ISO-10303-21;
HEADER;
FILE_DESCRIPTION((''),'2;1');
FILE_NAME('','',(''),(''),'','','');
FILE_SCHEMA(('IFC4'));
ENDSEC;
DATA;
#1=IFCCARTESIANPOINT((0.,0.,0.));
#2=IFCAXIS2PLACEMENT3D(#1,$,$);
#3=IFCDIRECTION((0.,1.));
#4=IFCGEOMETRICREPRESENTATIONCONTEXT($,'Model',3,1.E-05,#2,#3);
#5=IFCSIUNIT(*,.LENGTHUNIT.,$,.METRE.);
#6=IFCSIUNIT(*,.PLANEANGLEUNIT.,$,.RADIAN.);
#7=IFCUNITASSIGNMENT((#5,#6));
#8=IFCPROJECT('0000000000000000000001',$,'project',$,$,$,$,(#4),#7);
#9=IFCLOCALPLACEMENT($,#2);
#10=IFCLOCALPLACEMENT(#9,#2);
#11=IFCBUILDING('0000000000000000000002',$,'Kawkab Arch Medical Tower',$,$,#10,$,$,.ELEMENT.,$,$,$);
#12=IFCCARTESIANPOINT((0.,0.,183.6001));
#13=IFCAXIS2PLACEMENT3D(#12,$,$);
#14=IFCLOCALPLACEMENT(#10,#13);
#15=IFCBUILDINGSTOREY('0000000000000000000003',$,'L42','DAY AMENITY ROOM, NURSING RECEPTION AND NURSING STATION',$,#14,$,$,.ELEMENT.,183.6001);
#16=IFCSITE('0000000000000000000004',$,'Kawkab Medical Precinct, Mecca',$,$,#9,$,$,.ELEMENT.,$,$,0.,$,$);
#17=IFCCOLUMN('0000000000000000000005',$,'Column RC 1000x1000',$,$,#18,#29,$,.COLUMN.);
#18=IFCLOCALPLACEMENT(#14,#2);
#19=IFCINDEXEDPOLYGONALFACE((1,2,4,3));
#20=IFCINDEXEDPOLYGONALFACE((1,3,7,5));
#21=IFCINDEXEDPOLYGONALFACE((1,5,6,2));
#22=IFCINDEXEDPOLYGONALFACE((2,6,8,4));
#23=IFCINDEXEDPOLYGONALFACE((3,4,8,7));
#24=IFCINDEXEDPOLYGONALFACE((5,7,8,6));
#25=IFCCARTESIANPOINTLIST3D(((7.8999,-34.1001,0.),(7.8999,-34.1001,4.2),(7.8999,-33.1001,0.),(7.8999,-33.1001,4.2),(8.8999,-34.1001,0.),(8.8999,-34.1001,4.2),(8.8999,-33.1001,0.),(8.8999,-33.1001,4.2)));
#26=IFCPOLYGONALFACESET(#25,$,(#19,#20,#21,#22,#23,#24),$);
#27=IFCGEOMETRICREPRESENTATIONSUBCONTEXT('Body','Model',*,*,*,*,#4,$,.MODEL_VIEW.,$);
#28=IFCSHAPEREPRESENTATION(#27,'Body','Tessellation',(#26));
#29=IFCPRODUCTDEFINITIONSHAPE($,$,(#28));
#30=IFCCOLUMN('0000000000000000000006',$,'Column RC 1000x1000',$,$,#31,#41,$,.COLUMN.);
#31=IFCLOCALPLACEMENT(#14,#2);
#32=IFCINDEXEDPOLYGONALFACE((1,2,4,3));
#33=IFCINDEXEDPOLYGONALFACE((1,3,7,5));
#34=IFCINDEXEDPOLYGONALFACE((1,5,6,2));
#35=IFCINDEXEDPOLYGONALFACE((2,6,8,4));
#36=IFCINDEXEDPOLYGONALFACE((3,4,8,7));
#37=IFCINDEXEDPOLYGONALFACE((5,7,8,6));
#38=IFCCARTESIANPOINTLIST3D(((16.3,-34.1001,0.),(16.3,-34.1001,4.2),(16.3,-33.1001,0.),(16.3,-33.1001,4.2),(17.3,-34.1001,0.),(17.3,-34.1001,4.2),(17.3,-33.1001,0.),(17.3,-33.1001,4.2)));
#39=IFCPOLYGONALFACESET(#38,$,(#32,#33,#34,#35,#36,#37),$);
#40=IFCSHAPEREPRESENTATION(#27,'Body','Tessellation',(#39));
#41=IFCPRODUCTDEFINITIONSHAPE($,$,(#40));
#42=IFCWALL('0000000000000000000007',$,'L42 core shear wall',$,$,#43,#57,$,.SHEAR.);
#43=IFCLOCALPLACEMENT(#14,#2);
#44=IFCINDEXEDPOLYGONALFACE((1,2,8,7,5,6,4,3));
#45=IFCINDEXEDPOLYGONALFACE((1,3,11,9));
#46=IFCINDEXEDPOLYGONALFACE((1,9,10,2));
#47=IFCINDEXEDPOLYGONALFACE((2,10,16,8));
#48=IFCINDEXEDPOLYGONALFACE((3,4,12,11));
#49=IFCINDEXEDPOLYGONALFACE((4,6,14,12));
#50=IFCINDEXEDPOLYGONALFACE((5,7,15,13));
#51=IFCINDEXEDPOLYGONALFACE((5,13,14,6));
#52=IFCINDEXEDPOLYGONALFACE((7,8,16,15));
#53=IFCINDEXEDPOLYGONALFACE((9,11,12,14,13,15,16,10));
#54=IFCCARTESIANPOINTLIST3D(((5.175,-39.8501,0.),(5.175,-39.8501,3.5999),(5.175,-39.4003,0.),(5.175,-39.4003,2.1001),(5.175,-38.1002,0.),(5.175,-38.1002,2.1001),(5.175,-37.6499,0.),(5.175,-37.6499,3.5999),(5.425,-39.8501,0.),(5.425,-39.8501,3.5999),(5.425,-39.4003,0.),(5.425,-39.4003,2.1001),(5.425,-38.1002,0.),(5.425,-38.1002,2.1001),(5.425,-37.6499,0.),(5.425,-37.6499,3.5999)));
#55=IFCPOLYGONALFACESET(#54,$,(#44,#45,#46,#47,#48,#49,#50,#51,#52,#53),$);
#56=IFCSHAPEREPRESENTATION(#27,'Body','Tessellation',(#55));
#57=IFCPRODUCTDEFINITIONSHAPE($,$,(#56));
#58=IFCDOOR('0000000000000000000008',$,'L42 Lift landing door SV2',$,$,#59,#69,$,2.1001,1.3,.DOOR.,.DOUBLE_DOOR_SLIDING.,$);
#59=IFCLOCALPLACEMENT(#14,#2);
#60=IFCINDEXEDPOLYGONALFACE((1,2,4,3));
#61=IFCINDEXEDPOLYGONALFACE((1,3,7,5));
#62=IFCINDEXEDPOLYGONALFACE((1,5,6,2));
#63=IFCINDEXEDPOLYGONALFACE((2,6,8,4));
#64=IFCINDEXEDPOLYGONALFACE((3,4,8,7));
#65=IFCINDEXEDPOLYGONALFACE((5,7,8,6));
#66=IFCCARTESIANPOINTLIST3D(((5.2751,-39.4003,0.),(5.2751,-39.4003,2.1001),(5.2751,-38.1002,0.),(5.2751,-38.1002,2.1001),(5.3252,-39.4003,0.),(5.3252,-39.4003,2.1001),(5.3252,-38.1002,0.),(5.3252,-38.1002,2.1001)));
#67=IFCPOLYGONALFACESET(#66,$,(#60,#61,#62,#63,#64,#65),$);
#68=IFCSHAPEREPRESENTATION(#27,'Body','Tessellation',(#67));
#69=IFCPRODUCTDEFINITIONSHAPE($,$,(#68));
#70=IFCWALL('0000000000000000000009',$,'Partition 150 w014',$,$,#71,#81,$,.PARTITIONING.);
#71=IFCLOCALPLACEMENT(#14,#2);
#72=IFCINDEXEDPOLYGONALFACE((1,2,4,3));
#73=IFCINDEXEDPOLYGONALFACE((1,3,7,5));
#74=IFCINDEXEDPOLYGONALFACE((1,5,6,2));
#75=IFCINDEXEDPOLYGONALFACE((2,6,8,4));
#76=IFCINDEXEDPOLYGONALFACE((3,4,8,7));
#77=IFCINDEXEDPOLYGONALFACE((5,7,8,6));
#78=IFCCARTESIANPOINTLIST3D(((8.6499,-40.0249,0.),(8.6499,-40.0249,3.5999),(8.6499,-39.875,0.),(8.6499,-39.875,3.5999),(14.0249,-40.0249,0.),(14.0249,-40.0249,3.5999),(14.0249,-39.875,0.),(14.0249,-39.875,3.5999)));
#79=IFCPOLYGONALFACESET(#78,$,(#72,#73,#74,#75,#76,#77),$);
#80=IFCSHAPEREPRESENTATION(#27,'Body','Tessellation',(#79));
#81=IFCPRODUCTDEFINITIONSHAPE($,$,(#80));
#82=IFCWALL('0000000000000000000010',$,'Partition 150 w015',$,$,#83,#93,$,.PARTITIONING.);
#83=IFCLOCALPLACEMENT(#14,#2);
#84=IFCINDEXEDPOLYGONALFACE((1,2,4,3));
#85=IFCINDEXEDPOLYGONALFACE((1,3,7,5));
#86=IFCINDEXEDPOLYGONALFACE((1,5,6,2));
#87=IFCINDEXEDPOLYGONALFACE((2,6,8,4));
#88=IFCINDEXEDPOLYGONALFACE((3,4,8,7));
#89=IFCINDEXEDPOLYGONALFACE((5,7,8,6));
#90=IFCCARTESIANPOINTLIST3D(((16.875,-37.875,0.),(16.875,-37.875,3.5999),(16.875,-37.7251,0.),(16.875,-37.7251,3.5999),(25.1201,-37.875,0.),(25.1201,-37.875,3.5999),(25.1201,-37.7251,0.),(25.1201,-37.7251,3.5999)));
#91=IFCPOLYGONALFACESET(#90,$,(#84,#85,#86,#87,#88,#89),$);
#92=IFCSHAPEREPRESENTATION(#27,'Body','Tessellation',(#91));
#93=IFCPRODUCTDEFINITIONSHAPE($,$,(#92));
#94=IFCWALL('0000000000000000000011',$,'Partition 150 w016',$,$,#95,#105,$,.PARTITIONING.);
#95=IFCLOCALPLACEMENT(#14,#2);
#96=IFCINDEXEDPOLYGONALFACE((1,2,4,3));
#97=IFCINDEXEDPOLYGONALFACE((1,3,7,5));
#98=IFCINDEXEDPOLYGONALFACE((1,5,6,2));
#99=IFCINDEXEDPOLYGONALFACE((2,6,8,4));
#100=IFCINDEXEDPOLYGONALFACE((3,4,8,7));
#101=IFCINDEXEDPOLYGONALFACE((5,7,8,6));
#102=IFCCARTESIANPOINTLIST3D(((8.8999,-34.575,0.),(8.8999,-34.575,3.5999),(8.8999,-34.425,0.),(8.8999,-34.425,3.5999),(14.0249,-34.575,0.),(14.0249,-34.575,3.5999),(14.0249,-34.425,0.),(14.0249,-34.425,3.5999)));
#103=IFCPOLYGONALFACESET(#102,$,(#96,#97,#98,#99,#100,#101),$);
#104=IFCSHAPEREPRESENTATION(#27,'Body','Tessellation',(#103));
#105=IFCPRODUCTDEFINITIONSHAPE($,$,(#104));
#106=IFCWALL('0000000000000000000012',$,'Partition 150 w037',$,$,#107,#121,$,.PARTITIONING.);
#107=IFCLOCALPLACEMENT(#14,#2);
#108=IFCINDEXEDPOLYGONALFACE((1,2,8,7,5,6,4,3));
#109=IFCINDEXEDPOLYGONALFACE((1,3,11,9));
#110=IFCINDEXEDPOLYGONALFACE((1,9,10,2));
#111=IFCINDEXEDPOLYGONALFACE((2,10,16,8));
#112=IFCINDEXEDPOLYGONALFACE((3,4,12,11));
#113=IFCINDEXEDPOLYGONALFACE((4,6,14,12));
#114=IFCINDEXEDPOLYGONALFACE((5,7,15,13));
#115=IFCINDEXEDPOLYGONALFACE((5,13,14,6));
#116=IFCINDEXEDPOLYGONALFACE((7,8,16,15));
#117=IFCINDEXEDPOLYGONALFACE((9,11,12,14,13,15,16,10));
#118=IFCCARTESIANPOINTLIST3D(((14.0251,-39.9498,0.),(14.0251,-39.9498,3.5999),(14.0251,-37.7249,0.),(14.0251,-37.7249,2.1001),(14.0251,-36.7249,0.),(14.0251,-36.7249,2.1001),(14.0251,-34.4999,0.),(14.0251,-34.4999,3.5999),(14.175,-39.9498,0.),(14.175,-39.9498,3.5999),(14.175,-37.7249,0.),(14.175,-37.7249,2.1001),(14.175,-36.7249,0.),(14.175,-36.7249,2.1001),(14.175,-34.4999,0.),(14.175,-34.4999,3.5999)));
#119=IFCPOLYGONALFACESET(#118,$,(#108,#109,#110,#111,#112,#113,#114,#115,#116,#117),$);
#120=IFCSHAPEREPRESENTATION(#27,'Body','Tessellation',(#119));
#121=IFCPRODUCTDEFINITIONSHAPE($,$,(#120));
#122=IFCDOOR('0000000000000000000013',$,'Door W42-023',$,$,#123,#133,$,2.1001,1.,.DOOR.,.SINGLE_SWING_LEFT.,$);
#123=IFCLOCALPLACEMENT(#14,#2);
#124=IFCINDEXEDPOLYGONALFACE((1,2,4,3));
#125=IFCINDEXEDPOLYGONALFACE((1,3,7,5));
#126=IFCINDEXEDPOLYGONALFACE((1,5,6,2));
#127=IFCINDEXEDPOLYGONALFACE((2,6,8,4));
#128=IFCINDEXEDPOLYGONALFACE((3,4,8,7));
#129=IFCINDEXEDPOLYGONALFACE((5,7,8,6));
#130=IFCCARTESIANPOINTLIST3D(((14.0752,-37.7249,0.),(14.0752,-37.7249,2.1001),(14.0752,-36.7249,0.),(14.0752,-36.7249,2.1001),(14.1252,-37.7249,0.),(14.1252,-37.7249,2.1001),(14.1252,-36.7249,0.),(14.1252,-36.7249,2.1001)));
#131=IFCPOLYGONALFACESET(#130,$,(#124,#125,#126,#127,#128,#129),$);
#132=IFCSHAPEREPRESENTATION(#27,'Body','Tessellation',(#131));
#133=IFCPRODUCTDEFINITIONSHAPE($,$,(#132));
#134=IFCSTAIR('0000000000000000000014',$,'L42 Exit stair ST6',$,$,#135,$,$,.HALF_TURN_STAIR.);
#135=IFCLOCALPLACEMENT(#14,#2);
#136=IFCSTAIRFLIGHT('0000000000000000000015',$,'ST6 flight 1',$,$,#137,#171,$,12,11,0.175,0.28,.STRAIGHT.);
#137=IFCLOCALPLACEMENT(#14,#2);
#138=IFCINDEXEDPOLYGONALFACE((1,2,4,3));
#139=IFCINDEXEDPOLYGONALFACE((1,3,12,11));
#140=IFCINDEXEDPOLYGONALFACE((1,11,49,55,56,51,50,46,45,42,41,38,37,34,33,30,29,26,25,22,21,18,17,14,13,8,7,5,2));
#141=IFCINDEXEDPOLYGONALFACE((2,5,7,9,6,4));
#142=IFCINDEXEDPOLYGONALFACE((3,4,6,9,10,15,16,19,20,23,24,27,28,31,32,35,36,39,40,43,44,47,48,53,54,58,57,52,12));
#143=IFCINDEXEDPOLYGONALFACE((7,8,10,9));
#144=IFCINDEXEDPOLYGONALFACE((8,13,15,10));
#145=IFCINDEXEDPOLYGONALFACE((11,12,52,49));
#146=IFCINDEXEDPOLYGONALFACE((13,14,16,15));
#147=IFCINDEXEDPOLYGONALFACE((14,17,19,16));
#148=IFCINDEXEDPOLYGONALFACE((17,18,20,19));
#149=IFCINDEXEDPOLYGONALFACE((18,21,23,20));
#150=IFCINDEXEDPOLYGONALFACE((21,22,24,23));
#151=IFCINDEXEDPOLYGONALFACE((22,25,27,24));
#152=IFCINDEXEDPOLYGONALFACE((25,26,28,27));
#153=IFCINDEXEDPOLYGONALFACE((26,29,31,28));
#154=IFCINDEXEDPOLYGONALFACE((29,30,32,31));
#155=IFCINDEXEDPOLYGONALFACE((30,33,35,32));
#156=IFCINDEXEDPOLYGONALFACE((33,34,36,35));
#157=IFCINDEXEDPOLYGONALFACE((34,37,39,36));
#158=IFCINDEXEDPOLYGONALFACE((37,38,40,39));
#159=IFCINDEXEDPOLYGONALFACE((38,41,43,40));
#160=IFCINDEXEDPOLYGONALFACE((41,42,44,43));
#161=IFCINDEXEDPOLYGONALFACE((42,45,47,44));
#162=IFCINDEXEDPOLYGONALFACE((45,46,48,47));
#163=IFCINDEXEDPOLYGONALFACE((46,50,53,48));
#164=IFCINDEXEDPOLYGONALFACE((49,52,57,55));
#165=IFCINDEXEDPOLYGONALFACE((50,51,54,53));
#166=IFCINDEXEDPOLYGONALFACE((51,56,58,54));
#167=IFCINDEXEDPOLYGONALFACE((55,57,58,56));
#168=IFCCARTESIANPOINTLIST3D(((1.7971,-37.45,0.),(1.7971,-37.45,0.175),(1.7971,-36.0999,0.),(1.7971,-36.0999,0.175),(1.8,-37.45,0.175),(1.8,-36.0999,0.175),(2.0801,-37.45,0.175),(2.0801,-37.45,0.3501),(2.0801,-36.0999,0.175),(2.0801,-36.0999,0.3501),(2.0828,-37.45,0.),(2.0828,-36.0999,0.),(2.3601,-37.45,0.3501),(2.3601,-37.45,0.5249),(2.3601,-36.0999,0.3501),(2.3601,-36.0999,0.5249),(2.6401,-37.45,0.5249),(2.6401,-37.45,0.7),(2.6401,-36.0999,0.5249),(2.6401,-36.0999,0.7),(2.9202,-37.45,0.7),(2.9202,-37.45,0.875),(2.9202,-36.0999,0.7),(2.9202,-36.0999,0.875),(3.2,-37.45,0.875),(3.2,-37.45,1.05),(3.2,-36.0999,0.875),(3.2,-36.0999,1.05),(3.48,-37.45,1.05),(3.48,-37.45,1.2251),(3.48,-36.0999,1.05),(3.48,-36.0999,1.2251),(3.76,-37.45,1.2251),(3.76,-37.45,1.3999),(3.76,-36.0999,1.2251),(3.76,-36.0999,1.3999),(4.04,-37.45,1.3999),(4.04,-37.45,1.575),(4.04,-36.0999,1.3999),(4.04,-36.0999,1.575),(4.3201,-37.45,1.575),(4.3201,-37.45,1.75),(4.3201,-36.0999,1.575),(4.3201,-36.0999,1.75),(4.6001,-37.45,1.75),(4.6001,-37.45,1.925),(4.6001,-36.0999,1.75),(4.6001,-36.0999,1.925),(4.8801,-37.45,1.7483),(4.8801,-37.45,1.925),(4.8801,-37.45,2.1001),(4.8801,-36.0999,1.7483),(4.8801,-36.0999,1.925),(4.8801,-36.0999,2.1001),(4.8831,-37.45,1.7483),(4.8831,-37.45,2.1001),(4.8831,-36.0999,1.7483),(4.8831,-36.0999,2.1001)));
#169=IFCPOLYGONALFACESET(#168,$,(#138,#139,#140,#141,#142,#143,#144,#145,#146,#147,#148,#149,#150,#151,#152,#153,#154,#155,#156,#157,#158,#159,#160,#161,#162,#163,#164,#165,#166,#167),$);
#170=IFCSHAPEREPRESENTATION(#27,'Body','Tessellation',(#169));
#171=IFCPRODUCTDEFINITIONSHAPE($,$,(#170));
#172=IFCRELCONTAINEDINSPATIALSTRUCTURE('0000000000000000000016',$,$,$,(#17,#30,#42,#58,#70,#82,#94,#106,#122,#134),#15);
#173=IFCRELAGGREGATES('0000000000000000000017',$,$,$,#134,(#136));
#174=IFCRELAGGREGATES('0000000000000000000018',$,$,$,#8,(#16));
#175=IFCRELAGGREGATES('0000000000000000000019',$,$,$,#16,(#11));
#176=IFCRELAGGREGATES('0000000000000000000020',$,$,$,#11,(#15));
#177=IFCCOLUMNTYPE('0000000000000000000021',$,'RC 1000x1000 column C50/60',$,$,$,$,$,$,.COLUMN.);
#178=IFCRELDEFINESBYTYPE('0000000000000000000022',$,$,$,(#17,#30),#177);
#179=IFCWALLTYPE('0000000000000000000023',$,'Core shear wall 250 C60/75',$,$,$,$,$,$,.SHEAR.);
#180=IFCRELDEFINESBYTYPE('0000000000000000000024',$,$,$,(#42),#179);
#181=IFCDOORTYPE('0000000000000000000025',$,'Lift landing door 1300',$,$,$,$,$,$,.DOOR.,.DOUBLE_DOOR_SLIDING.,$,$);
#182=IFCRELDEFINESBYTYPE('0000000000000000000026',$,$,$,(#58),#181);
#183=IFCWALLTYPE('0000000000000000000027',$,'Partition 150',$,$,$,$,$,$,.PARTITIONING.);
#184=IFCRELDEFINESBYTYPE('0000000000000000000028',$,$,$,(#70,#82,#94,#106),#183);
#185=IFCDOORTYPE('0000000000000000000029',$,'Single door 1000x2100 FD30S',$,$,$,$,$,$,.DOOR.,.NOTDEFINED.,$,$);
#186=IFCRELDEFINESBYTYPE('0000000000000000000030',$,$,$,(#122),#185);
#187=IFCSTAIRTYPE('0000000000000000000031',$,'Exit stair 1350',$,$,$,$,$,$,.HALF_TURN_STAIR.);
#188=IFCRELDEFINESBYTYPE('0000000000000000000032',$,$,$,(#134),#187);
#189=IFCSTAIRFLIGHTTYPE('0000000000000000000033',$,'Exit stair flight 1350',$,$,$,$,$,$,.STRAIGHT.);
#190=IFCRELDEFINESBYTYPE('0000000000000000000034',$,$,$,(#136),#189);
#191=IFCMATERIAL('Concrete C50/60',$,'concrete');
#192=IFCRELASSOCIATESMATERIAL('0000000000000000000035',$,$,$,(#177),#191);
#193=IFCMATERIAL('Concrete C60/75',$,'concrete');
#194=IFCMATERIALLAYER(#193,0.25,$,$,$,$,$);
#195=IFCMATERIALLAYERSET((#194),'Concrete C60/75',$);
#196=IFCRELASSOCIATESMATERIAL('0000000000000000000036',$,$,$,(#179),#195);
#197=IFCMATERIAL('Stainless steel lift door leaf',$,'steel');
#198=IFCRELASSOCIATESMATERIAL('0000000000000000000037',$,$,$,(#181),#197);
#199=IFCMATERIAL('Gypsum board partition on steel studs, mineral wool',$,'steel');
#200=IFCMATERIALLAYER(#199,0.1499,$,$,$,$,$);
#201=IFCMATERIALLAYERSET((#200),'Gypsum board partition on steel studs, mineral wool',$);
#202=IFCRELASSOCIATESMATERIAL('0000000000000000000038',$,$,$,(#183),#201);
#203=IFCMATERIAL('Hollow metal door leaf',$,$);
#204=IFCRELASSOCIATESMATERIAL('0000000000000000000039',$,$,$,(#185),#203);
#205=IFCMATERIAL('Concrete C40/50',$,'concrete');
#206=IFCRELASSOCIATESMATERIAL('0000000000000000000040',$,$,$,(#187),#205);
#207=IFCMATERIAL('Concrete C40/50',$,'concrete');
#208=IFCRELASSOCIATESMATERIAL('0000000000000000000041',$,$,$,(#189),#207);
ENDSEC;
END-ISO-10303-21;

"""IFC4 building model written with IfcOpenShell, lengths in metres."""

from ifc_helpers import new_model, si_unit, direction, frame, frame_2d, origin, origin_2d, place, context, subcontext, project, spatial, polyline, rectangle, outline, extrude, material, layer, layer_set, material_profile, profile_set, type_object, element, fill, aggregate, save


model = new_model("IFC4")

# Units and contexts
model_context = context("Model", 3, precision=1e-05, world=origin(), true_north=direction((0.0, 1.0)))
body_context = subcontext(model_context, "Body", "Model", "MODEL_VIEW")
ifc_project = project(units=[si_unit("LENGTHUNIT", "METRE"), si_unit("PLANEANGLEUNIT", "RADIAN")], contexts=[model_context])

# Site, building, storey
site_placement = place(None, origin())
site = spatial("IfcSite", under=ifc_project, at=site_placement, Name="Kawkab Medical Precinct, Mecca", CompositionType="ELEMENT", RefElevation=0.0)
building_placement = place(site_placement, origin())
building = spatial("IfcBuilding", under=site, at=building_placement, Name="Kawkab Arch Medical Tower", CompositionType="ELEMENT")
storey_placement = place(building_placement, frame((0.0, 0.0, 183.6001)))
storey = spatial("IfcBuildingStorey", under=building, at=storey_placement, Name="L42", Description="DAY AMENITY ROOM, NURSING RECEPTION AND NURSING STATION", CompositionType="ELEMENT", Elevation=183.6001)

# Columns
ifc_material_1 = material(Name="Concrete C50/60", Category="concrete")
ifc_material_profile = material_profile(ifc_material_1, rectangle(XDim=1.0, YDim=1.0, at=origin_2d()), Name="RC 1000x1000")
ifc_profile_set = profile_set([ifc_material_profile], Name="Concrete C50/60")
column_type = type_object("IfcColumnType", Name="RC 1000x1000 column C50/60", PredefinedType="COLUMN", material=ifc_profile_set)
for number, where, z_axis, x_axis, name in (
    (1, (8.3999, -33.6001, 0.0), (0.0, 0.0, 1.0), (1.0, 0.0, 0.0), "Column RC 1000x1000"),
    (2, (16.8, -33.6001, 0.0), (0.0, 0.0, 1.0), (1.0, 0.0, 0.0), "Column RC 1000x1000"),
):
    element("IfcColumn", number, at=place(storey_placement, frame(where, z_axis=z_axis, x_axis=x_axis)), inside=storey, type_object=column_type, Name=name, PredefinedType="COLUMN", context=body_context, shape_type="SweptSolid", body=[
        extrude(rectangle(XDim=1.0, YDim=1.0, at=origin_2d()), origin(), (0.0, 0.0, 1.0), 4.2),
    ])

# Wall, opening, door
ifc_material_2 = material(Name="Concrete C60/75", Category="concrete")
ifc_layer_1 = layer(ifc_material_2, 0.25)
ifc_layer_set_1 = layer_set([ifc_layer_1], Name="Concrete C60/75")
wall_type_1 = type_object("IfcWallType", Name="Core shear wall 250 C60/75", PredefinedType="SHEAR", material=ifc_layer_set_1)
wall_1_placement = place(storey_placement, frame((5.3, -39.8501, 0.0), z_axis=(0.0, 0.0, 1.0), x_axis=(0.0, 1.0, 0.0)))
wall_1 = element("IfcWall", 3, at=wall_1_placement, inside=storey, type_object=wall_type_1, Name="L42 core shear wall", PredefinedType="SHEAR", context=body_context, shape_type="SweptSolid", body=[
    extrude(rectangle(XDim=2.2002, YDim=0.25, at=frame_2d((1.1001, 0.0))), origin(), (0.0, 0.0, 1.0), 3.5999),
])
opening_1_placement = place(wall_1_placement, frame((0.45, 0.0, 0.0)))
opening_1 = element("IfcOpeningElement", 4, at=opening_1_placement, cuts=wall_1, PredefinedType="OPENING", context=body_context, shape_type="SweptSolid", body=[
    extrude(rectangle(XDim=1.3, YDim=2.1001, at=frame_2d((0.6499, 1.05))), frame((0.0, 0.135, 0.0), z_axis=(0.0, -1.0, 0.0), x_axis=(1.0, 0.0, 0.0)), (0.0, 0.0, 1.0), 0.27),
])
ifc_material_3 = material(Name="Stainless steel lift door leaf", Category="steel")
door_type_1 = type_object("IfcDoorType", Name="Lift landing door 1300", OperationType="DOUBLE_DOOR_SLIDING", PredefinedType="DOOR", material=ifc_material_3)
door_1_placement = place(opening_1_placement, origin())
door_1 = element("IfcDoor", 5, at=door_1_placement, inside=storey, type_object=door_type_1, Name="L42 Lift landing door SV2", OperationType="DOUBLE_DOOR_SLIDING", OverallHeight=2.1001, OverallWidth=1.3, PredefinedType="DOOR", context=body_context, shape_type="SweptSolid", body=[
    extrude(rectangle(XDim=1.3, YDim=2.1001, at=frame_2d((0.6499, 1.05))), frame((0.0, 0.0249, 0.0), z_axis=(0.0, -1.0, 0.0), x_axis=(1.0, 0.0, 0.0)), (0.0, 0.0, 1.0), 0.05),
])
fill(opening_1, door_1)

# Walls
ifc_material_4 = material(Name="Gypsum board partition on steel studs, mineral wool", Category="steel")
ifc_layer_2 = layer(ifc_material_4, 0.1499)
ifc_layer_set_2 = layer_set([ifc_layer_2], Name="Gypsum board partition on steel studs, mineral wool")
wall_type_2 = type_object("IfcWallType", Name="Partition 150", PredefinedType="PARTITIONING", material=ifc_layer_set_2)
wall_2_placement = place(storey_placement, frame((8.6499, -39.95, 0.0), z_axis=(0.0, 0.0, 1.0), x_axis=(1.0, 0.0, 0.0)))
element("IfcWall", 6, at=wall_2_placement, inside=storey, type_object=wall_type_2, Name="Partition 150 w014", PredefinedType="PARTITIONING", context=body_context, shape_type="SweptSolid", body=[
    extrude(rectangle(XDim=5.375, YDim=0.1499, at=frame_2d((2.6875, 0.0))), origin(), (0.0, 0.0, 1.0), 3.5999),
])
wall_3_placement = place(storey_placement, frame((16.875, -37.8, 0.0), z_axis=(0.0, 0.0, 1.0), x_axis=(1.0, 0.0, 0.0)))
element("IfcWall", 7, at=wall_3_placement, inside=storey, type_object=wall_type_2, Name="Partition 150 w015", PredefinedType="PARTITIONING", context=body_context, shape_type="SweptSolid", body=[
    extrude(rectangle(XDim=8.2451, YDim=0.1499, at=frame_2d((4.1226, 0.0))), origin(), (0.0, 0.0, 1.0), 3.5999),
])
wall_4_placement = place(storey_placement, frame((8.8999, -34.5, 0.0), z_axis=(0.0, 0.0, 1.0), x_axis=(1.0, 0.0, 0.0)))
element("IfcWall", 8, at=wall_4_placement, inside=storey, type_object=wall_type_2, Name="Partition 150 w016", PredefinedType="PARTITIONING", context=body_context, shape_type="SweptSolid", body=[
    extrude(rectangle(XDim=5.125, YDim=0.1499, at=frame_2d((2.5625, 0.0))), origin(), (0.0, 0.0, 1.0), 3.5999),
])

# Wall, opening, door
wall_5_placement = place(storey_placement, frame((14.1001, -39.95, 0.0), z_axis=(0.0, 0.0, 1.0), x_axis=(0.0, 1.0, 0.0)))
wall_5 = element("IfcWall", 9, at=wall_5_placement, inside=storey, type_object=wall_type_2, Name="Partition 150 w037", PredefinedType="PARTITIONING", context=body_context, shape_type="SweptSolid", body=[
    extrude(rectangle(XDim=5.45, YDim=0.1499, at=frame_2d((2.7251, 0.0))), origin(), (0.0, 0.0, 1.0), 3.5999),
])
opening_2_placement = place(wall_5_placement, frame((2.2251, 0.0, 0.0)))
opening_2 = element("IfcOpeningElement", 10, at=opening_2_placement, cuts=wall_5, PredefinedType="OPENING", context=body_context, shape_type="SweptSolid", body=[
    extrude(rectangle(XDim=1.0, YDim=2.1001, at=frame_2d((0.5, 1.05))), frame((0.0, 0.085, 0.0), z_axis=(0.0, -1.0, 0.0), x_axis=(1.0, 0.0, 0.0)), (0.0, 0.0, 1.0), 0.1699),
])
ifc_material_5 = material(Name="Hollow metal door leaf")
door_type_2 = type_object("IfcDoorType", Name="Single door 1000x2100 FD30S", OperationType="NOTDEFINED", PredefinedType="DOOR", material=ifc_material_5)
door_2_placement = place(opening_2_placement, origin())
door_2 = element("IfcDoor", 11, at=door_2_placement, inside=storey, type_object=door_type_2, Name="Door W42-023", OperationType="SINGLE_SWING_LEFT", OverallHeight=2.1001, OverallWidth=1.0, PredefinedType="DOOR", context=body_context, shape_type="SweptSolid", body=[
    extrude(rectangle(XDim=1.0, YDim=2.1001, at=frame_2d((0.5, 1.05))), frame((0.0, 0.0249, 0.0), z_axis=(0.0, -1.0, 0.0), x_axis=(1.0, 0.0, 0.0)), (0.0, 0.0, 1.0), 0.05),
])
fill(opening_2, door_2)

# Stair, stair flight
ifc_material_6 = material(Name="Concrete C40/50", Category="concrete")
stair_type = type_object("IfcStairType", Name="Exit stair 1350", PredefinedType="HALF_TURN_STAIR", material=ifc_material_6)
stair_placement = place(storey_placement, origin())
stair = element("IfcStair", 12, at=stair_placement, inside=storey, type_object=stair_type, Name="L42 Exit stair ST6", PredefinedType="HALF_TURN_STAIR")
ifc_material_7 = material(Name="Concrete C40/50", Category="concrete")
stair_flight_type = type_object("IfcStairFlightType", Name="Exit stair flight 1350", PredefinedType="STRAIGHT", material=ifc_material_7)
stair_flight_1_placement = place(storey_placement, frame((1.8, -36.7749, 0.0), z_axis=(0.0, 0.0, 1.0), x_axis=(1.0, 0.0, 0.0)))
stair_flight_1 = element("IfcStairFlight", 13, at=stair_flight_1_placement, type_object=stair_flight_type, Name="ST6 flight 1", NumberOfRisers=12, NumberOfTreads=11, PredefinedType="STRAIGHT", RiserHeight=0.175, TreadLength=0.28, context=body_context, shape_type="SweptSolid", body=[
    extrude(outline(polyline([(-0.0029, 0.0), (-0.0029, 0.175), (0.0, 0.175), (0.28, 0.175), (0.28, 0.3501), (0.5601, 0.3501), (0.5601, 0.5249), (0.8401, 0.5249), (0.8401, 0.7), (1.1201, 0.7), (1.1201, 0.875), (1.3999, 0.875), (1.3999, 1.05), (1.6799, 1.05), (1.6799, 1.2251), (1.96, 1.2251), (1.96, 1.3999), (2.24, 1.3999), (2.24, 1.575), (2.52, 1.575), (2.52, 1.75), (2.8, 1.75), (2.8, 1.925), (3.0801, 1.925), (3.0801, 2.1001), (3.083, 2.1001), (3.083, 1.7483), (3.0801, 1.7483), (0.2827, 0.0), (-0.0029, 0.0)])), frame((0.0, 0.675, 0.0), z_axis=(0.0, -1.0, 0.0), x_axis=(1.0, 0.0, 0.0)), (0.0, 0.0, 1.0), 1.3501),
])
aggregate(stair, [stair_flight_1])

save(model, "model.ifc")
